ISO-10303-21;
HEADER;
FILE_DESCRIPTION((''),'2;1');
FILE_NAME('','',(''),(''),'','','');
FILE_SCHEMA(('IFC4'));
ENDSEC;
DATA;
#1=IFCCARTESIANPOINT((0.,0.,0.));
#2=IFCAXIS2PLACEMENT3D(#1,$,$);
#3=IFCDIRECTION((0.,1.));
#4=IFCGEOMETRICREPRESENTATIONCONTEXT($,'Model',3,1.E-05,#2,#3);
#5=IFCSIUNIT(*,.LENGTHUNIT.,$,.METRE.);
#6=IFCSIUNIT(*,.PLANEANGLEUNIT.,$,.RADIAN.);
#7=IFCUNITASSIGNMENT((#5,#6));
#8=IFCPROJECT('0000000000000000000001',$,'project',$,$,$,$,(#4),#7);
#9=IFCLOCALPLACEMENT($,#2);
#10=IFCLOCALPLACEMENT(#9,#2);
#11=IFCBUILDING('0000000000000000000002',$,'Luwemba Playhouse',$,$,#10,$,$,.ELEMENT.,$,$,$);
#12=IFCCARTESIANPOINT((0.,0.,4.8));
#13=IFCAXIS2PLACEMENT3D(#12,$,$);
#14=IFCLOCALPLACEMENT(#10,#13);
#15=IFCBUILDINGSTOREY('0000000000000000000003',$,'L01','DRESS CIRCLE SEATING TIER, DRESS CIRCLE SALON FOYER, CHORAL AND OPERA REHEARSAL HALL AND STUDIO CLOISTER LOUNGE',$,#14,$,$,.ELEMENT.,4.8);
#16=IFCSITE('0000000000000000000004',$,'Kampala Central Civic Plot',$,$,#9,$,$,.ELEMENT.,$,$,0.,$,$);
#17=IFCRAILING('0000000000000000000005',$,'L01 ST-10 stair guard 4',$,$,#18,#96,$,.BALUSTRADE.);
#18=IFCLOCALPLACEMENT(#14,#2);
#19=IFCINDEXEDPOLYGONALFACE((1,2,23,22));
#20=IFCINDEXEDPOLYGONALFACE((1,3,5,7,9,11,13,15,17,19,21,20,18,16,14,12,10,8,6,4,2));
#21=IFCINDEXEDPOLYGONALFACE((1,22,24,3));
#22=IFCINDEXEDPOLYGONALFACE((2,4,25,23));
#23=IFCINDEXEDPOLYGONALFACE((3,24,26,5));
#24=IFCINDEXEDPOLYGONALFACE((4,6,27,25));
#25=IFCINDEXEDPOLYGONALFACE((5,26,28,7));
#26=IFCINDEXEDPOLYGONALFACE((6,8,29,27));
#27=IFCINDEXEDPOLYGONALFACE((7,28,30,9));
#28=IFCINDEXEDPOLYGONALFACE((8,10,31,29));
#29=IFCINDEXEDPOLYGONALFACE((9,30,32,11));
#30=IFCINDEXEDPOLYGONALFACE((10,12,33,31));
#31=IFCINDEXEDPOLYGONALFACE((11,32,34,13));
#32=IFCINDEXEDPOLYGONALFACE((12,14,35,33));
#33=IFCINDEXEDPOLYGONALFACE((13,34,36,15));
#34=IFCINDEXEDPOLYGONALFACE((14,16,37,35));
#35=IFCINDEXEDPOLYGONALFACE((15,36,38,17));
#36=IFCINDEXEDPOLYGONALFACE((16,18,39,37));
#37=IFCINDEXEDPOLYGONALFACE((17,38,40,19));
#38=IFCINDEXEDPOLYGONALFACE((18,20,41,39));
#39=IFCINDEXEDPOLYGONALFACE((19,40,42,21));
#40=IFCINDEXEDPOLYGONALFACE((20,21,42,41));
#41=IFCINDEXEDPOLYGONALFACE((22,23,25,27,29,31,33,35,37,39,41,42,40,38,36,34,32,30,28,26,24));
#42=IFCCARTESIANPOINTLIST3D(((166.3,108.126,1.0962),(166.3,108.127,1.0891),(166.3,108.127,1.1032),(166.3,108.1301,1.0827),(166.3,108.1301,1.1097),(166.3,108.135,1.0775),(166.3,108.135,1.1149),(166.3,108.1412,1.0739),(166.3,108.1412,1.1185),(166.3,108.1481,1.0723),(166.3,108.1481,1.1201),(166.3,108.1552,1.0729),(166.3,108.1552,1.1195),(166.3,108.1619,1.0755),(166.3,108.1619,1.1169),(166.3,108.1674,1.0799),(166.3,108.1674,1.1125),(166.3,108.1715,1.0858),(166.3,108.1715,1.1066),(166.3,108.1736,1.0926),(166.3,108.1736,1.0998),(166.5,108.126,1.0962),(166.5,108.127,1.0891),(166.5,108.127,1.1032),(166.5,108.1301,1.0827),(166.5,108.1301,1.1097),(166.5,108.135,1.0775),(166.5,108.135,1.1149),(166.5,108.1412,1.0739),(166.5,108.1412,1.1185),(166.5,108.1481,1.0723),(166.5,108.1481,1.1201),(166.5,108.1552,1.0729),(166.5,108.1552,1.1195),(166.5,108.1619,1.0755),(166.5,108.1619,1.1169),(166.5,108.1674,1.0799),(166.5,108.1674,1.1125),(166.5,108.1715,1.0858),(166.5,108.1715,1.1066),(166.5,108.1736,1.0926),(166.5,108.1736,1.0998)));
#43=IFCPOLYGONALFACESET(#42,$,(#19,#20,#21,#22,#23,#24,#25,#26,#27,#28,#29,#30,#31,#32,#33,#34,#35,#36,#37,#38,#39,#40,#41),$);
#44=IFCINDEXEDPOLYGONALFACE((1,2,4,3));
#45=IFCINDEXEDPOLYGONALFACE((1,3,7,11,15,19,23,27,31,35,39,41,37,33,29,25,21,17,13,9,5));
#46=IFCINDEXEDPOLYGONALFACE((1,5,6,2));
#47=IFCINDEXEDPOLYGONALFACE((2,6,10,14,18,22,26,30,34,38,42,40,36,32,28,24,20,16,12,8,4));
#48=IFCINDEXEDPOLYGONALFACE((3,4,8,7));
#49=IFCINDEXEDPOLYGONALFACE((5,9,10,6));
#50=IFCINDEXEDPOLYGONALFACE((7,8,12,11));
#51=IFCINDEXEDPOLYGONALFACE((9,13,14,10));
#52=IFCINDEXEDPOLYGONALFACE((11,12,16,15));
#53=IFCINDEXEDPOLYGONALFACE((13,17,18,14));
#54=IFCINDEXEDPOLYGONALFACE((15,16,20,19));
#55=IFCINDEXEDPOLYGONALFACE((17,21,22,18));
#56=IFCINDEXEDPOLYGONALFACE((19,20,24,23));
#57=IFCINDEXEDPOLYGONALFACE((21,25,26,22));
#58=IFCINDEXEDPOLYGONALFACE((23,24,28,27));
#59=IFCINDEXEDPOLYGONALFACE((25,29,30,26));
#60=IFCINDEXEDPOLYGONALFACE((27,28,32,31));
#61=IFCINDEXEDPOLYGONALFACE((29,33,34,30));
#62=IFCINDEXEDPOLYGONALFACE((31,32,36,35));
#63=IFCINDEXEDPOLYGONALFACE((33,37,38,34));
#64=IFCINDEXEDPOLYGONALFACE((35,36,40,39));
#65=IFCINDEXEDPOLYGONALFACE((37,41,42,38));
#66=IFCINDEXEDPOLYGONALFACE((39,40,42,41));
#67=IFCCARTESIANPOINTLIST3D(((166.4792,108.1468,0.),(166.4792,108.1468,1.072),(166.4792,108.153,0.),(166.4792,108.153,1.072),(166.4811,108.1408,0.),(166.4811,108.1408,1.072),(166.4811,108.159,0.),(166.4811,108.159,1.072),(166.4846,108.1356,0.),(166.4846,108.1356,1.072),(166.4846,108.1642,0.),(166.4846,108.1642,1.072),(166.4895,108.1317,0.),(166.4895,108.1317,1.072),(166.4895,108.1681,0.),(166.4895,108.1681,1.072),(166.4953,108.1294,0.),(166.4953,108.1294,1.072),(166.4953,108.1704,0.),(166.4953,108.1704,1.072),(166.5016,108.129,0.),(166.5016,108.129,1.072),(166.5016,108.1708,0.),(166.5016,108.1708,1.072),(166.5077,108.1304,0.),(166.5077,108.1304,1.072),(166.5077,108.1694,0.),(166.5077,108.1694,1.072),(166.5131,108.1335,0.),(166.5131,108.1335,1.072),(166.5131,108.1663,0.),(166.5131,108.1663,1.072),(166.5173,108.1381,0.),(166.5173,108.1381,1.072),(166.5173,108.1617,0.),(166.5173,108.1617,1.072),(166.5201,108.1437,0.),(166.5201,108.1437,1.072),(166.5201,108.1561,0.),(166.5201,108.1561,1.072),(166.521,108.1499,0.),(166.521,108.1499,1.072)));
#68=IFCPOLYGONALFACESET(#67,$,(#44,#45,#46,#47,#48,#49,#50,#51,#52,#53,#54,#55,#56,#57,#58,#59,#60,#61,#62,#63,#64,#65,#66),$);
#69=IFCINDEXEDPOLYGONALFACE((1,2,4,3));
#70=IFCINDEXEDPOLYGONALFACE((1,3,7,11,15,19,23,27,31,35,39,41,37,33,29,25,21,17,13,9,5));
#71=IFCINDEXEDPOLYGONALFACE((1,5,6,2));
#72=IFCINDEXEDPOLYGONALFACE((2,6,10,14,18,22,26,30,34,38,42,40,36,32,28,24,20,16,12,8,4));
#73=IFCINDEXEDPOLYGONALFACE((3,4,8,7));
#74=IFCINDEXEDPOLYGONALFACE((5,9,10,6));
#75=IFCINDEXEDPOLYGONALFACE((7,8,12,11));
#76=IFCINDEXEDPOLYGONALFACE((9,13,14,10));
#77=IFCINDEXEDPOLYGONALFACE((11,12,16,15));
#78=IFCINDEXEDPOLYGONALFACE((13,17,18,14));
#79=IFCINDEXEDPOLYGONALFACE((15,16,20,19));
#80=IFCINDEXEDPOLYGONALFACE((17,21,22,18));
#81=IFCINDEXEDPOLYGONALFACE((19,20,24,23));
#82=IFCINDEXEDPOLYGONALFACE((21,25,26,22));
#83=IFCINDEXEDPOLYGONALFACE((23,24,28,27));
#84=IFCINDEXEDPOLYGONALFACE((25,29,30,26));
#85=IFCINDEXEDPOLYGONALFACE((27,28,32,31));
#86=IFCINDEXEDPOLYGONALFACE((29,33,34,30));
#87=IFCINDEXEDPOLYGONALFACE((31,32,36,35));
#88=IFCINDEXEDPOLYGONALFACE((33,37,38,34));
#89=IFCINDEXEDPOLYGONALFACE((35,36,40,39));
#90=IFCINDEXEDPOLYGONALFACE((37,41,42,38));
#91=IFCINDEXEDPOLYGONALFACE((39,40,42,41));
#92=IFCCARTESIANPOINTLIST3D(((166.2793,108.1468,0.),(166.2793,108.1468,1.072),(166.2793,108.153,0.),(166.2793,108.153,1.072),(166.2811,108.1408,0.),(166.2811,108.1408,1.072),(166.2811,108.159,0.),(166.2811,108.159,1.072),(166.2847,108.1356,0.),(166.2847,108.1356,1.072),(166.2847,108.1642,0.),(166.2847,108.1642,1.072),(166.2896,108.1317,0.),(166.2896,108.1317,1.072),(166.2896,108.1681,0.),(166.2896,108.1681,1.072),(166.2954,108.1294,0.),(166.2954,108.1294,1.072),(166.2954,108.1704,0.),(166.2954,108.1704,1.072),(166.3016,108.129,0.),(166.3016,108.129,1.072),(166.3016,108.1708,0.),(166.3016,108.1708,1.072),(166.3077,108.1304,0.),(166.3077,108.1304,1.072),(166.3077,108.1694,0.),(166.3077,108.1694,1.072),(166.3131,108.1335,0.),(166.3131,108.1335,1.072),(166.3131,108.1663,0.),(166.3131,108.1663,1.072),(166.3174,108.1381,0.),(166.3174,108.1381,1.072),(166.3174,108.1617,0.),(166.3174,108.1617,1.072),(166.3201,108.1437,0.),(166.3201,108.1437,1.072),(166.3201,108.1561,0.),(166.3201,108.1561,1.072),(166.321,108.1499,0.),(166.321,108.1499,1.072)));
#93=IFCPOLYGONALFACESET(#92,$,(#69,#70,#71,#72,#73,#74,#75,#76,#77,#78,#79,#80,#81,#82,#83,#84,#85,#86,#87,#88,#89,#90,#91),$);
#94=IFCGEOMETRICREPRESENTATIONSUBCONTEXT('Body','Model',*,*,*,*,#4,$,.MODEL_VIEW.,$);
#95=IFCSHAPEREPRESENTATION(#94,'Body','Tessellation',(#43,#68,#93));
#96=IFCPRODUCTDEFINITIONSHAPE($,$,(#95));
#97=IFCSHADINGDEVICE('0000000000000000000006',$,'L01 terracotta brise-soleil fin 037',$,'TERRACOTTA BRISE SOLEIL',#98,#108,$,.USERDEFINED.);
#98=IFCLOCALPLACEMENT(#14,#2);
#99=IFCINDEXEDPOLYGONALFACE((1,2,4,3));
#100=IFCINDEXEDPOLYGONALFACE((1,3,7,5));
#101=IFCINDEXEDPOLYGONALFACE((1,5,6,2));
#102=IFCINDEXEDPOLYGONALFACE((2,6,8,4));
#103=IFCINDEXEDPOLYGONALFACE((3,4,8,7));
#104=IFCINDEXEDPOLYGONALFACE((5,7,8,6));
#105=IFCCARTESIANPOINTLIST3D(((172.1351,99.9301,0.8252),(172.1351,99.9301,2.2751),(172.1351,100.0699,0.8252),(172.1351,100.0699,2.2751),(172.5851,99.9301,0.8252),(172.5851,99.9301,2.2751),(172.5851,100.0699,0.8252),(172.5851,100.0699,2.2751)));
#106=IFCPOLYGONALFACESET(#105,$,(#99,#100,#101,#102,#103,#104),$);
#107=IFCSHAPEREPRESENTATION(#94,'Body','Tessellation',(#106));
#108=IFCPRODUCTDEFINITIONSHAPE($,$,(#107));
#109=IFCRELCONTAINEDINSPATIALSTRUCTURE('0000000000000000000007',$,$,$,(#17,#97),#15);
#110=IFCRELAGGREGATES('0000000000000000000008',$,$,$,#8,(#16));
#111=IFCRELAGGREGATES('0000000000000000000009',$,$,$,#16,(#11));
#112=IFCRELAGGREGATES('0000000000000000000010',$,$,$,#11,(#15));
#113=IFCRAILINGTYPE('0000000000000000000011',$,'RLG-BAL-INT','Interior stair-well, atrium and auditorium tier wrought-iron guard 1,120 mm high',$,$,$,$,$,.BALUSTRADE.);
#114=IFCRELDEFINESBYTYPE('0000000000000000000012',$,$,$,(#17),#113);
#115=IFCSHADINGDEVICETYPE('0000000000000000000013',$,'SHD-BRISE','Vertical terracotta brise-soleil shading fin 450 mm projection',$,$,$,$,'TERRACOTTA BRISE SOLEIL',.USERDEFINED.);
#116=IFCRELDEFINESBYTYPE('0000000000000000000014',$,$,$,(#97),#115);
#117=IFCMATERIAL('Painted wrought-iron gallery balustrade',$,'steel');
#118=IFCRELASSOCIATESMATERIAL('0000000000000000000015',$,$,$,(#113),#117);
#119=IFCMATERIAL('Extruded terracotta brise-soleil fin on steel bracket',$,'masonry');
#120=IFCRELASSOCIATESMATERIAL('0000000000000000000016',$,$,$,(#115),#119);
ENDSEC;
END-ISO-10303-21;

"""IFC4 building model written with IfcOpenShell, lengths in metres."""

from ifc_helpers import new_model, si_unit, direction, frame, origin, origin_2d, place, context, subcontext, project, spatial, rectangle, circle, extrude, material, type_object, element, save


model = new_model("IFC4")

# Units and contexts
model_context = context("Model", 3, precision=1e-05, world=origin(), true_north=direction((0.0, 1.0)))
body_context = subcontext(model_context, "Body", "Model", "MODEL_VIEW")
ifc_project = project(units=[si_unit("LENGTHUNIT", "METRE"), si_unit("PLANEANGLEUNIT", "RADIAN")], contexts=[model_context])

# Site, building, storey
site_placement = place(None, origin())
site = spatial("IfcSite", under=ifc_project, at=site_placement, Name="Kampala Central Civic Plot", CompositionType="ELEMENT", RefElevation=0.0)
building_placement = place(site_placement, origin())
building = spatial("IfcBuilding", under=site, at=building_placement, Name="Luwemba Playhouse", CompositionType="ELEMENT")
storey_placement = place(building_placement, frame((0.0, 0.0, 4.8)))
storey = spatial("IfcBuildingStorey", under=building, at=storey_placement, Name="L01", Description="DRESS CIRCLE SEATING TIER, DRESS CIRCLE SALON FOYER, CHORAL AND OPERA REHEARSAL HALL AND STUDIO CLOISTER LOUNGE", CompositionType="ELEMENT", Elevation=4.8)

# Railing
ifc_material_1 = material(Name="Painted wrought-iron gallery balustrade", Category="steel")
railing_type = type_object("IfcRailingType", Name="RLG-BAL-INT", Description="Interior stair-well, atrium and auditorium tier wrought-iron guard 1,120 mm high", PredefinedType="BALUSTRADE", material=ifc_material_1)
railing_1_placement = place(storey_placement, frame((166.5, 108.1499, 0.0)))
element("IfcRailing", 1, at=railing_1_placement, inside=storey, type_object=railing_type, Name="L01 ST-10 stair guard 4", PredefinedType="BALUSTRADE", context=body_context, shape_type="SweptSolid", body=[
    extrude(circle(Radius=0.0239, at=origin_2d()), frame((0.0, 0.0, 1.0962), z_axis=(-1.0, 0.0, 0.0), x_axis=(0.0, -1.0, 0.0)), (0.0, 0.0, 1.0), 0.2),
    extrude(circle(Radius=0.021, at=origin_2d()), origin(), (0.0, 0.0, 1.0), 1.072),
    extrude(circle(Radius=0.021, at=origin_2d()), frame((-0.2, 0.0, 0.0)), (0.0, 0.0, 1.0), 1.072),
])

# Shading device
ifc_material_2 = material(Name="Extruded terracotta brise-soleil fin on steel bracket", Category="masonry")
shading_device_type = type_object("IfcShadingDeviceType", Name="SHD-BRISE", Description="Vertical terracotta brise-soleil shading fin 450 mm projection", ElementType="TERRACOTTA BRISE SOLEIL", PredefinedType="USERDEFINED", material=ifc_material_2)
shading_device_placement = place(storey_placement, frame((172.3601, 100.0, 0.8252), z_axis=(0.0, 0.0, 1.0), x_axis=(0.0, -1.0, 0.0)))
element("IfcShadingDevice", 2, at=shading_device_placement, inside=storey, type_object=shading_device_type, Name="L01 terracotta brise-soleil fin 037", ObjectType="TERRACOTTA BRISE SOLEIL", PredefinedType="USERDEFINED", context=body_context, shape_type="SweptSolid", body=[
    extrude(rectangle(XDim=0.1399, YDim=0.45, at=origin_2d()), origin(), (0.0, 0.0, 1.0), 1.45),
])

save(model, "model.ifc")
